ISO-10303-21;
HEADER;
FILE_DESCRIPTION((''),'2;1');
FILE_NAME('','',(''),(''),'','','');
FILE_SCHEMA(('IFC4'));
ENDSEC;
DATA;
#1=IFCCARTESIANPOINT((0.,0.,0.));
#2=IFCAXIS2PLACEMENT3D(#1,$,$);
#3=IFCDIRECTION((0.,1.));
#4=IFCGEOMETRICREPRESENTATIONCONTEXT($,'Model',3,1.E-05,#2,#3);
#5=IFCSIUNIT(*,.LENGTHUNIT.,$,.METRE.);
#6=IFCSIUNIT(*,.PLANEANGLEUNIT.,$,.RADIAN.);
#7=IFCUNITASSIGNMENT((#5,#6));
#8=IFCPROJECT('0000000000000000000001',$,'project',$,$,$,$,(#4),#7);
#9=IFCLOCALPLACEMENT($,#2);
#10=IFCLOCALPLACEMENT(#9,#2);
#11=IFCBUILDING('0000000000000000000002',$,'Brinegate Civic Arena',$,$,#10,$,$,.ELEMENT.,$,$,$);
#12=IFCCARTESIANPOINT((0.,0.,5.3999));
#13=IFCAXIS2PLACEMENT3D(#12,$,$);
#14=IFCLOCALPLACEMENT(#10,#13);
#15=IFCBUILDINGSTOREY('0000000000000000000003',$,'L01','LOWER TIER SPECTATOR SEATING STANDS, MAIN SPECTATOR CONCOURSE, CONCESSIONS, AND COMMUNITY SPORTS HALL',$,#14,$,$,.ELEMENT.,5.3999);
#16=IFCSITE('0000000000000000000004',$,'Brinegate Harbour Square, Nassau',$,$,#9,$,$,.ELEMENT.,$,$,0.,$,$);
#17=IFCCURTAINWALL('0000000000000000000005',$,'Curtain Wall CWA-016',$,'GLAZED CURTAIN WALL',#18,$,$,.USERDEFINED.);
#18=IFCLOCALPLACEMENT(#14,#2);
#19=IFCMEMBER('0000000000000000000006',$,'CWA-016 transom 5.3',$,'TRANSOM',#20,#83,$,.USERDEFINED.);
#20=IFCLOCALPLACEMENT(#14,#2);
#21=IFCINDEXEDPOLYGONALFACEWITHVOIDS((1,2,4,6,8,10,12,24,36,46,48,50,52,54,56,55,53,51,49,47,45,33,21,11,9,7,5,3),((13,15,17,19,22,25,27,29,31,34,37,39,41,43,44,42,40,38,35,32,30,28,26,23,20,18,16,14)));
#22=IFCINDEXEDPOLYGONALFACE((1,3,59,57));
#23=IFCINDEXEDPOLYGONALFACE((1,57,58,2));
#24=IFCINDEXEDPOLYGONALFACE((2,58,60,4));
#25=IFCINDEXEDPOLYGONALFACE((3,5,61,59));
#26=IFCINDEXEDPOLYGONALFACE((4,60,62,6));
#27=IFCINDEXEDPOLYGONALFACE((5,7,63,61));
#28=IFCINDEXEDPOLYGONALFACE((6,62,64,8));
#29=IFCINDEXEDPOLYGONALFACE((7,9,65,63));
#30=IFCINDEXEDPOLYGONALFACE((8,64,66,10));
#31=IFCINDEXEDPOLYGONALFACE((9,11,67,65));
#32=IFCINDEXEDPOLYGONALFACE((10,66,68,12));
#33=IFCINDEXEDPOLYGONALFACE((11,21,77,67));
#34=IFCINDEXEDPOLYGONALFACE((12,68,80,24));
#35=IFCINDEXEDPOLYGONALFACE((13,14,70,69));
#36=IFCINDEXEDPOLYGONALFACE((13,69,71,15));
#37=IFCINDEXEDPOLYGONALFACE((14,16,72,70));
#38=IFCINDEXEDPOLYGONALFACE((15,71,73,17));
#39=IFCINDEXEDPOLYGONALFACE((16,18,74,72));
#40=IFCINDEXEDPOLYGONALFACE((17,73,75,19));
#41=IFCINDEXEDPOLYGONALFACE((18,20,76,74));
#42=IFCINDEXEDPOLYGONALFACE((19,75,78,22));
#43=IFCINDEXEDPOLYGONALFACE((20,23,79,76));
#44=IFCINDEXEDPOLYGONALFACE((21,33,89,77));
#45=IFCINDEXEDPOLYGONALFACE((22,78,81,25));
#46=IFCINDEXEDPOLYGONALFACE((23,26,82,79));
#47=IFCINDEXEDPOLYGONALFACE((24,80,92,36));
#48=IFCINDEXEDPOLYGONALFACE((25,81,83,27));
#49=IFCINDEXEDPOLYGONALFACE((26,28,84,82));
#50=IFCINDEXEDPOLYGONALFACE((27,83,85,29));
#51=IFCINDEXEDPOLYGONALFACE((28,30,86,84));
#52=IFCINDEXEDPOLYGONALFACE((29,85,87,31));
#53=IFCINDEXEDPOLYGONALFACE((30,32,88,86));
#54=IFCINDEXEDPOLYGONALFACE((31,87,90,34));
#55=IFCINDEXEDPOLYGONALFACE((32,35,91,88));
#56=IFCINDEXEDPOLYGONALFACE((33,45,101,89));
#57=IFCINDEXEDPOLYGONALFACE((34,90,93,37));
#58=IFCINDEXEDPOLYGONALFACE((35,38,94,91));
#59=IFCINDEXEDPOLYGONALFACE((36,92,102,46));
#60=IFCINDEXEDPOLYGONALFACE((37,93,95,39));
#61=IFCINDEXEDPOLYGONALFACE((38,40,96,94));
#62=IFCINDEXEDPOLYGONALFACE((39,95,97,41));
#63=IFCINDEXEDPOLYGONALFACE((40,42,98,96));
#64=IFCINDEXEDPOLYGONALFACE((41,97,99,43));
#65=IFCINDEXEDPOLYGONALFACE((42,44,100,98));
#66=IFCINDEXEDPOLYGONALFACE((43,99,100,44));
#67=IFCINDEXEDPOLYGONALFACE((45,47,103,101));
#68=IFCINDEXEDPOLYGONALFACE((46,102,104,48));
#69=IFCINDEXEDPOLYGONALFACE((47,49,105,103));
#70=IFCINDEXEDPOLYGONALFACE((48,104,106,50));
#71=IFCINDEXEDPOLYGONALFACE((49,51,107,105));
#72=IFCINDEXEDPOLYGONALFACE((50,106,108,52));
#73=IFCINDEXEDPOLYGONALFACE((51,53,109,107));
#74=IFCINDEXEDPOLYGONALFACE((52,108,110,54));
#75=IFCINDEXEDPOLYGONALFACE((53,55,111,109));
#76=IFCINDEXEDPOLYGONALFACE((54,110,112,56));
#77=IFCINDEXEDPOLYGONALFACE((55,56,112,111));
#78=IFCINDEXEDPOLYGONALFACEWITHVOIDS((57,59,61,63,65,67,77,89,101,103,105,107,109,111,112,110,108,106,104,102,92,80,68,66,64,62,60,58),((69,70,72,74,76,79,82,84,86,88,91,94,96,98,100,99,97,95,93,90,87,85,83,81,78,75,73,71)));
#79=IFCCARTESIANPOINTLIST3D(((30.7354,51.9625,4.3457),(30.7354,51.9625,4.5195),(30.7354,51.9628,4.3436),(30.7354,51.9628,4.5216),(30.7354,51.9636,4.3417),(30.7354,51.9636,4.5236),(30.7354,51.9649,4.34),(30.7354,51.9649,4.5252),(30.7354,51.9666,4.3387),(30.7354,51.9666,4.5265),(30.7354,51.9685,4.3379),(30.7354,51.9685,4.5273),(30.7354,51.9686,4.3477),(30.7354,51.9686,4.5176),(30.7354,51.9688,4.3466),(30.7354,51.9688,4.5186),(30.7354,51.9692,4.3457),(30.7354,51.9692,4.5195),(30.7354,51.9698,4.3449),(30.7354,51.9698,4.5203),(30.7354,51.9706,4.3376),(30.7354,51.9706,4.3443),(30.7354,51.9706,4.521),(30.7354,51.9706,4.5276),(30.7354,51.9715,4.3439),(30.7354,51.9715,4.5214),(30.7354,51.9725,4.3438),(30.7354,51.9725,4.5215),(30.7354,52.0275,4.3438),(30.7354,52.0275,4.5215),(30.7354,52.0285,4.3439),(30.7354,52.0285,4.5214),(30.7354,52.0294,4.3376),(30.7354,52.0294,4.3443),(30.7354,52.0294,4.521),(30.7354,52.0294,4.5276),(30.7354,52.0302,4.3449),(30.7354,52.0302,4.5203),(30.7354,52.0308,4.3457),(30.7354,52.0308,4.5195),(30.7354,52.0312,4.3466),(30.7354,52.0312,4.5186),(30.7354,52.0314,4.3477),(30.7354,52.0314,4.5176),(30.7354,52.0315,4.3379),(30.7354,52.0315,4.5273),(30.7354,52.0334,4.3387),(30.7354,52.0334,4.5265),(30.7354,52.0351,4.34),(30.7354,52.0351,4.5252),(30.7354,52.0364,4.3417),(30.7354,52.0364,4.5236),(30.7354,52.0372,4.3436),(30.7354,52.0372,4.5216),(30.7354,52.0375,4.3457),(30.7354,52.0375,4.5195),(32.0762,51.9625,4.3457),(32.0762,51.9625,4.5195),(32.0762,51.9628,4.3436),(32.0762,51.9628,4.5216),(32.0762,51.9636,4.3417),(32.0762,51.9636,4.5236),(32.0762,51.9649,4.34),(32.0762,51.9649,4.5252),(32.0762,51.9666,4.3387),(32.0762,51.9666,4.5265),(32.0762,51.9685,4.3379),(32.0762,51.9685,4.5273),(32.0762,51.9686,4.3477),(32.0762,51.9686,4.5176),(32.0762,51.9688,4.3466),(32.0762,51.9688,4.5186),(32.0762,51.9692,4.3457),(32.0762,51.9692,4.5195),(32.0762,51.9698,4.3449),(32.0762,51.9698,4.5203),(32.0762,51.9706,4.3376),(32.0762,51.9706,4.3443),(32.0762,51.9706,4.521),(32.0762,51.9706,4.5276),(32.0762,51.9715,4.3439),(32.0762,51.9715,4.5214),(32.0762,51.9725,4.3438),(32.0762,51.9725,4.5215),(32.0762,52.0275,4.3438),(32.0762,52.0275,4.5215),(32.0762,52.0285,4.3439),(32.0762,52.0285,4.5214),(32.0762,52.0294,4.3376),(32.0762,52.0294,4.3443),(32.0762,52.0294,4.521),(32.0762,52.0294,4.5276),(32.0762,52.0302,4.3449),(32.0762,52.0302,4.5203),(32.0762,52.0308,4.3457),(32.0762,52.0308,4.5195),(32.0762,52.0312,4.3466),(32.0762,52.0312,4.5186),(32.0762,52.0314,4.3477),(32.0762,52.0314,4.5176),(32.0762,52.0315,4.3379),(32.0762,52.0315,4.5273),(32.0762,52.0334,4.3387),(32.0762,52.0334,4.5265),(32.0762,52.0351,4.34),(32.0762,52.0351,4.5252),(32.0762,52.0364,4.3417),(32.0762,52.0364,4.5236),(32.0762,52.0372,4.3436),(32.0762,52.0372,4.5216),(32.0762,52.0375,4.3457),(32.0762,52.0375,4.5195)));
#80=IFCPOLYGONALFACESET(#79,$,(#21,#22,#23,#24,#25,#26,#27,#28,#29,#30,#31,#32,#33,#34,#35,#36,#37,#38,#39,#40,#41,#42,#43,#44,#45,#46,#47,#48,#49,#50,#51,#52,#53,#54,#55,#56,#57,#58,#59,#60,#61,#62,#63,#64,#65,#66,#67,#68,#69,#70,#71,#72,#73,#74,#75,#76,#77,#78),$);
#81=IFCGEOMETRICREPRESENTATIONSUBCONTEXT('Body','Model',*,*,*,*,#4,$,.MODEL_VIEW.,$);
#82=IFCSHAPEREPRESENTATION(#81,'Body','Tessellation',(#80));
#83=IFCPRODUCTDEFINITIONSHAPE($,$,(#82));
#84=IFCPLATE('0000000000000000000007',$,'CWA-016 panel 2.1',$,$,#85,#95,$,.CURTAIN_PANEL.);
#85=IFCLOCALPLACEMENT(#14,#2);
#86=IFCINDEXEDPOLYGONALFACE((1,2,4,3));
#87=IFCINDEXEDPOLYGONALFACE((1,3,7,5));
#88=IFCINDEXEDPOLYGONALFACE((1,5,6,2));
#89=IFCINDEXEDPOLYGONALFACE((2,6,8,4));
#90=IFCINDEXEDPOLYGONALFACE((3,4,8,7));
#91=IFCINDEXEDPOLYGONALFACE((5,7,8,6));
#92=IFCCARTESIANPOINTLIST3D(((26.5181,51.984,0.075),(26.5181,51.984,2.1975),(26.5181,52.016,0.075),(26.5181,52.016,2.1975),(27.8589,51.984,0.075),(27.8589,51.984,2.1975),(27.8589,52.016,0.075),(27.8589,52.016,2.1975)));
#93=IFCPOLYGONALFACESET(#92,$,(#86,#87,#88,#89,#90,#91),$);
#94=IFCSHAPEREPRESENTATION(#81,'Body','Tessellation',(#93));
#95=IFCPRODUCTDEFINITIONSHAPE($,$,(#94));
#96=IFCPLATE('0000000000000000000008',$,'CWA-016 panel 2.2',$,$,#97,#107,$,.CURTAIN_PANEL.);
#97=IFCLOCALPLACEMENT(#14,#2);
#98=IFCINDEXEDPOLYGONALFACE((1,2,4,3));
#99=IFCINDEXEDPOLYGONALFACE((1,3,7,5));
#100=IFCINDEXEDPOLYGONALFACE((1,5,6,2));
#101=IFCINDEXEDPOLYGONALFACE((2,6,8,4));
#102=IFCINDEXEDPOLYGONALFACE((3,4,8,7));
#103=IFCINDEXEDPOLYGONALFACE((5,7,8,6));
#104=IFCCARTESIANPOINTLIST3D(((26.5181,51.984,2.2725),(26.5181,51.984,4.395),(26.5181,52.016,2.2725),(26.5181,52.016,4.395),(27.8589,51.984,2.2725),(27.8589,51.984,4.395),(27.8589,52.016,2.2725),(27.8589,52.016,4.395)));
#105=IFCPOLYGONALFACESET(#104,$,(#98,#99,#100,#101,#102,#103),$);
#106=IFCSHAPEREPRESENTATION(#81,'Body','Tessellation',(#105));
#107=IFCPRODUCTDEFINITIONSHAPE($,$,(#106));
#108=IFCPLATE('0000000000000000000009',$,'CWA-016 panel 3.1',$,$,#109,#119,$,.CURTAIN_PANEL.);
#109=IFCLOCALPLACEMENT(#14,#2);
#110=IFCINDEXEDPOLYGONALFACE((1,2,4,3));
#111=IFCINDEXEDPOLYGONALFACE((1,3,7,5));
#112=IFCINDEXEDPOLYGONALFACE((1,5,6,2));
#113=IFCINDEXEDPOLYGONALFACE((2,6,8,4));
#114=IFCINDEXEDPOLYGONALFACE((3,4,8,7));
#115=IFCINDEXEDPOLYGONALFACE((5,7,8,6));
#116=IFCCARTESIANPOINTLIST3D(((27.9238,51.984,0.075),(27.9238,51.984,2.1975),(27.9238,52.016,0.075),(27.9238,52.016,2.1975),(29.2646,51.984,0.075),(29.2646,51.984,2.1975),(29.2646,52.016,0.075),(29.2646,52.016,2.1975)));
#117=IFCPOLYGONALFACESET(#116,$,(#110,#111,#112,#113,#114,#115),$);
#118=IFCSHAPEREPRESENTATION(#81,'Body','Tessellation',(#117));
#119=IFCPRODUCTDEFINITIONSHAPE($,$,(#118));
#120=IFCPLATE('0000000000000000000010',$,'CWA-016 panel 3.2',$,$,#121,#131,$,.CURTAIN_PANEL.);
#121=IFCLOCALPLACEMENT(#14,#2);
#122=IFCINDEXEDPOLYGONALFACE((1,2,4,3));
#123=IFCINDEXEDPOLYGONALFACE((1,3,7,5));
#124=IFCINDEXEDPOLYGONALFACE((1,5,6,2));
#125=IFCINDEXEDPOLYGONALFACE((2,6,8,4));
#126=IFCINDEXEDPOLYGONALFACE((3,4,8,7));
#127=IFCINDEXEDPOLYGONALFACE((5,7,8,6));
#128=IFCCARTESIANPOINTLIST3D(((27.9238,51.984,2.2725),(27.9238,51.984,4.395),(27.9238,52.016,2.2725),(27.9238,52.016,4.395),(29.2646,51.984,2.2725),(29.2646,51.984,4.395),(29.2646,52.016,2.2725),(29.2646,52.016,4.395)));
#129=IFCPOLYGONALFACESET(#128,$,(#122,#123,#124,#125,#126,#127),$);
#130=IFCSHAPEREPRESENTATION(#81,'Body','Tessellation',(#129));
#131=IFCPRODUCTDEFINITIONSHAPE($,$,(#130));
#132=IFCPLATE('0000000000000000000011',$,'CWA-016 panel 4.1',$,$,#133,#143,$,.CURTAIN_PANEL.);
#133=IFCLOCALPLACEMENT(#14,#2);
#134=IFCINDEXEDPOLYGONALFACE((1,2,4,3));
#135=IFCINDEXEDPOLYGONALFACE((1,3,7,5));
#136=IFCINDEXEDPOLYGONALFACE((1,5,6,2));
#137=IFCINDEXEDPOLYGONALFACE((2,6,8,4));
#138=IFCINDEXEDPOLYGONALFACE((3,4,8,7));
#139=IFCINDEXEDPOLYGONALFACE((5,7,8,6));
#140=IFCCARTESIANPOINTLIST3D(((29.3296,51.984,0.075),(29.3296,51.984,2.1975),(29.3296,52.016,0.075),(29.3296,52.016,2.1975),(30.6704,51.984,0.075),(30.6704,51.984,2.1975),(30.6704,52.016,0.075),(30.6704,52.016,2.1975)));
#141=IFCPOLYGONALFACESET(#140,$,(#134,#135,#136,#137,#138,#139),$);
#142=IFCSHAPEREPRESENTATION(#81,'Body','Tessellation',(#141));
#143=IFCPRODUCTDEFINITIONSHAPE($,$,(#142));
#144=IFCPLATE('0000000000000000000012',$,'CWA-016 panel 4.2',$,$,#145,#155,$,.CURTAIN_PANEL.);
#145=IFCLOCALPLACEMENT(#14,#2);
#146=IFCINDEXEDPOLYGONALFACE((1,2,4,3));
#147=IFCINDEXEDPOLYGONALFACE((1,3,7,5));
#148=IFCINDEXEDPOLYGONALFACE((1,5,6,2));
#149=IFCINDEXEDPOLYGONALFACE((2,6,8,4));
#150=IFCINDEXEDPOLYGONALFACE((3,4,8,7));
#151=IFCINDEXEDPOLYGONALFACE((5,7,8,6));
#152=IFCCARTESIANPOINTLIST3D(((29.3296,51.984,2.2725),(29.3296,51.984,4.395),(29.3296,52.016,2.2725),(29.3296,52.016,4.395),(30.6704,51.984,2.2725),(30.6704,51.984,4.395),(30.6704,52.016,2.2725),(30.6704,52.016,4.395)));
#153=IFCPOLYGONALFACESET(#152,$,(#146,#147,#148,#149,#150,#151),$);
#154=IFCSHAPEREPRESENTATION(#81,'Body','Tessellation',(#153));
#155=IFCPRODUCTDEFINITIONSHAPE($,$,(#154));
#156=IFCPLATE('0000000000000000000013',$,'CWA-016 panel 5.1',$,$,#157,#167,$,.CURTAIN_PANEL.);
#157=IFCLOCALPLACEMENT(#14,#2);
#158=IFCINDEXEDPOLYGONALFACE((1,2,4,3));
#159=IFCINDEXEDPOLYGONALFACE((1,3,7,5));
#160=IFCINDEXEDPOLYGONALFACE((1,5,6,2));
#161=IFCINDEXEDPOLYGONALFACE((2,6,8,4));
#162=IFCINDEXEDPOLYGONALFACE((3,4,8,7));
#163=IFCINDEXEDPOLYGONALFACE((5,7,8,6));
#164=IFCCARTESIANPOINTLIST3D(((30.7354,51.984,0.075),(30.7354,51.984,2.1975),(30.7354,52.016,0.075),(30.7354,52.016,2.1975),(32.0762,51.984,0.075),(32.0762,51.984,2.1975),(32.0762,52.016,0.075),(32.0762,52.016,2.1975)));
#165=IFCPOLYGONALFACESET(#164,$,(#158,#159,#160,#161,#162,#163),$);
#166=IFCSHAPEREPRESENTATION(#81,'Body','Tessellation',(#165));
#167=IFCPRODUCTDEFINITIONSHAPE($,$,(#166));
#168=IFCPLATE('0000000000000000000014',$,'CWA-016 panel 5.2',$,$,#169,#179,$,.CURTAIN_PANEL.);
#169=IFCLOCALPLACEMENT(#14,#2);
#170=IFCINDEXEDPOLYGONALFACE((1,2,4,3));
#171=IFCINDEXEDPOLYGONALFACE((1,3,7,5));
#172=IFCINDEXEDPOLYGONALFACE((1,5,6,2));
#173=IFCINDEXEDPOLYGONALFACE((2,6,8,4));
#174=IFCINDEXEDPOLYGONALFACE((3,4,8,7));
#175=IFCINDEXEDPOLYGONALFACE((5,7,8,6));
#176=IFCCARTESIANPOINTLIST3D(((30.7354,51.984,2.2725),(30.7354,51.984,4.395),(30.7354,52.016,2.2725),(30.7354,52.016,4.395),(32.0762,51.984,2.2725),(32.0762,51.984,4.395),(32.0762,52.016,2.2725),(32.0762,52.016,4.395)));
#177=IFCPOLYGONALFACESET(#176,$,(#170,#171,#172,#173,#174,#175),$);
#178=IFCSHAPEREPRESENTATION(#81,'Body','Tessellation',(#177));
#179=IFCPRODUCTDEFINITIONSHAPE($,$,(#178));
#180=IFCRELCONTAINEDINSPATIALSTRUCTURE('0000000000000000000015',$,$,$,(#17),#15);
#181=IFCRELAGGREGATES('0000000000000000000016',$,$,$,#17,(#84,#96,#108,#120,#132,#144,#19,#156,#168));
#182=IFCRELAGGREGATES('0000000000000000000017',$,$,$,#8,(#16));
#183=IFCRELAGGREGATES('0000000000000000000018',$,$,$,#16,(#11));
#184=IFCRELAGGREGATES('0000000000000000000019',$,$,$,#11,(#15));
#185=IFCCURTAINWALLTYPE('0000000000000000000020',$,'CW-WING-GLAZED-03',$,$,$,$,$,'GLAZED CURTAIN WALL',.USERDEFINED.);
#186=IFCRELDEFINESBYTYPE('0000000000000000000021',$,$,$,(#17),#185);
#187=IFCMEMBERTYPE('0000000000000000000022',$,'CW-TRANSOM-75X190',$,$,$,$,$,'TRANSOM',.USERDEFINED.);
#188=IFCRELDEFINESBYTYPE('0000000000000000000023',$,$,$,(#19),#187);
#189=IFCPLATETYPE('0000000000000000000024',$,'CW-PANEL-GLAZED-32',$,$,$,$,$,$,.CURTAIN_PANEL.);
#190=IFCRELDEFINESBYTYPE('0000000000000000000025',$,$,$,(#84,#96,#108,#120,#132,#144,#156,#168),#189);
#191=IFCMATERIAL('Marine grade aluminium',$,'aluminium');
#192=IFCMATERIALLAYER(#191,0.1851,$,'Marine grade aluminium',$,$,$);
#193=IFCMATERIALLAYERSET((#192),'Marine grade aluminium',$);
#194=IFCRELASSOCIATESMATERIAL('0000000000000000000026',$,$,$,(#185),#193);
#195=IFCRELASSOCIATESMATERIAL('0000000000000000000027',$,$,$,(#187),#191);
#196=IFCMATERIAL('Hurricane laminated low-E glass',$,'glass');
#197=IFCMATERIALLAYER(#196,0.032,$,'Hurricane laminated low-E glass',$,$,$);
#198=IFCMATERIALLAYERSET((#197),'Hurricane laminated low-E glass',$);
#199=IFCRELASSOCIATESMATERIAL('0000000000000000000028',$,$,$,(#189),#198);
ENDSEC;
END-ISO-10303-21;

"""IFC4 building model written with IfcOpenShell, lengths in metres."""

from ifc_helpers import new_model, si_unit, direction, frame, origin, origin_2d, place, context, subcontext, project, spatial, rectangle, hollow_rectangle, extrude, material, layer, layer_set, material_profile, profile_set, type_object, element, aggregate, save


model = new_model("IFC4")

# Units and contexts
model_context = context("Model", 3, precision=1e-05, world=origin(), true_north=direction((0.0, 1.0)))
body_context = subcontext(model_context, "Body", "Model", "MODEL_VIEW")
ifc_project = project(units=[si_unit("LENGTHUNIT", "METRE"), si_unit("PLANEANGLEUNIT", "RADIAN")], contexts=[model_context])

# Site, building, storey
site_placement = place(None, origin())
site = spatial("IfcSite", under=ifc_project, at=site_placement, Name="Brinegate Harbour Square, Nassau", CompositionType="ELEMENT", RefElevation=0.0)
building_placement = place(site_placement, origin())
building = spatial("IfcBuilding", under=site, at=building_placement, Name="Brinegate Civic Arena", CompositionType="ELEMENT")
storey_placement = place(building_placement, frame((0.0, 0.0, 5.3999)))
storey = spatial("IfcBuildingStorey", under=building, at=storey_placement, Name="L01", Description="LOWER TIER SPECTATOR SEATING STANDS, MAIN SPECTATOR CONCOURSE, CONCESSIONS, AND COMMUNITY SPORTS HALL", CompositionType="ELEMENT", Elevation=5.3999)

# Shared definitions
ifc_material_1 = material(Name="Marine grade aluminium", Category="aluminium")

# Curtain wall
ifc_layer_1 = layer(ifc_material_1, 0.1851, Name="Marine grade aluminium")
ifc_layer_set_1 = layer_set([ifc_layer_1], Name="Marine grade aluminium")
curtain_wall_type_1 = type_object("IfcCurtainWallType", Name="CW-WING-GLAZED-03", ElementType="GLAZED CURTAIN WALL", PredefinedType="USERDEFINED", material=ifc_layer_set_1)
curtain_wall_1_placement = place(storey_placement, origin())
curtain_wall_1 = element("IfcCurtainWall", 1, at=curtain_wall_1_placement, inside=storey, type_object=curtain_wall_type_1, Name="Curtain Wall CWA-016", ObjectType="GLAZED CURTAIN WALL", PredefinedType="USERDEFINED")

# Member
ifc_material_profile_1 = material_profile(ifc_material_1, hollow_rectangle(XDim=0.075, YDim=0.1899, WallThickness=0.0061, InnerFilletRadius=0.0039, OuterFilletRadius=0.0081, at=origin_2d()), Name="TRN75X190")
ifc_profile_set_1 = profile_set([ifc_material_profile_1], Name="Marine grade aluminium")
member_type_1 = type_object("IfcMemberType", Name="CW-TRANSOM-75X190", ElementType="TRANSOM", PredefinedType="USERDEFINED", material=ifc_profile_set_1)
member_1_placement = place(storey_placement, frame((30.7354, 52.0, 4.4326), z_axis=(1.0, 0.0, 0.0), x_axis=(0.0, 1.0, 0.0)))
member_1 = element("IfcMember", 2, at=member_1_placement, type_object=member_type_1, Name="CWA-016 transom 5.3", ObjectType="TRANSOM", PredefinedType="USERDEFINED", context=body_context, shape_type="SweptSolid", body=[
    extrude(hollow_rectangle(XDim=0.075, YDim=0.1899, WallThickness=0.0061, InnerFilletRadius=0.0039, OuterFilletRadius=0.0081, at=origin_2d()), origin(), (0.0, 0.0, 1.0), 1.3408),
])

# Plates
ifc_material_2 = material(Name="Hurricane laminated low-E glass", Category="glass")
ifc_layer_2 = layer(ifc_material_2, 0.032, Name="Hurricane laminated low-E glass")
ifc_layer_set_2 = layer_set([ifc_layer_2], Name="Hurricane laminated low-E glass")
plate_type = type_object("IfcPlateType", Name="CW-PANEL-GLAZED-32", PredefinedType="CURTAIN_PANEL", material=ifc_layer_set_2)
plate_1_placement = place(storey_placement, frame((27.1885, 52.0, 0.075), z_axis=(0.0, 0.0, 1.0), x_axis=(1.0, 0.0, 0.0)))
plate_1 = element("IfcPlate", 3, at=plate_1_placement, type_object=plate_type, Name="CWA-016 panel 2.1", PredefinedType="CURTAIN_PANEL", context=body_context, shape_type="SweptSolid", body=[
    extrude(rectangle(XDim=1.3408, YDim=0.032, at=origin_2d()), origin(), (0.0, 0.0, 1.0), 2.1226),
])
plate_2_placement = place(storey_placement, frame((27.1885, 52.0, 2.2725), z_axis=(0.0, 0.0, 1.0), x_axis=(1.0, 0.0, 0.0)))
plate_2 = element("IfcPlate", 4, at=plate_2_placement, type_object=plate_type, Name="CWA-016 panel 2.2", PredefinedType="CURTAIN_PANEL", context=body_context, shape_type="SweptSolid", body=[
    extrude(rectangle(XDim=1.3408, YDim=0.032, at=origin_2d()), origin(), (0.0, 0.0, 1.0), 2.1226),
])
plate_3_placement = place(storey_placement, frame((28.5942, 52.0, 0.075), z_axis=(0.0, 0.0, 1.0), x_axis=(1.0, 0.0, 0.0)))
plate_3 = element("IfcPlate", 5, at=plate_3_placement, type_object=plate_type, Name="CWA-016 panel 3.1", PredefinedType="CURTAIN_PANEL", context=body_context, shape_type="SweptSolid", body=[
    extrude(rectangle(XDim=1.3408, YDim=0.032, at=origin_2d()), origin(), (0.0, 0.0, 1.0), 2.1226),
])
plate_4_placement = place(storey_placement, frame((28.5942, 52.0, 2.2725), z_axis=(0.0, 0.0, 1.0), x_axis=(1.0, 0.0, 0.0)))
plate_4 = element("IfcPlate", 6, at=plate_4_placement, type_object=plate_type, Name="CWA-016 panel 3.2", PredefinedType="CURTAIN_PANEL", context=body_context, shape_type="SweptSolid", body=[
    extrude(rectangle(XDim=1.3408, YDim=0.032, at=origin_2d()), origin(), (0.0, 0.0, 1.0), 2.1226),
])
plate_5_placement = place(storey_placement, frame((30.0, 52.0, 0.075), z_axis=(0.0, 0.0, 1.0), x_axis=(1.0, 0.0, 0.0)))
plate_5 = element("IfcPlate", 7, at=plate_5_placement, type_object=plate_type, Name="CWA-016 panel 4.1", PredefinedType="CURTAIN_PANEL", context=body_context, shape_type="SweptSolid", body=[
    extrude(rectangle(XDim=1.3408, YDim=0.032, at=origin_2d()), origin(), (0.0, 0.0, 1.0), 2.1226),
])
plate_6_placement = place(storey_placement, frame((30.0, 52.0, 2.2725), z_axis=(0.0, 0.0, 1.0), x_axis=(1.0, 0.0, 0.0)))
plate_6 = element("IfcPlate", 8, at=plate_6_placement, type_object=plate_type, Name="CWA-016 panel 4.2", PredefinedType="CURTAIN_PANEL", context=body_context, shape_type="SweptSolid", body=[
    extrude(rectangle(XDim=1.3408, YDim=0.032, at=origin_2d()), origin(), (0.0, 0.0, 1.0), 2.1226),
])
plate_7_placement = place(storey_placement, frame((31.4058, 52.0, 0.075), z_axis=(0.0, 0.0, 1.0), x_axis=(1.0, 0.0, 0.0)))
plate_7 = element("IfcPlate", 9, at=plate_7_placement, type_object=plate_type, Name="CWA-016 panel 5.1", PredefinedType="CURTAIN_PANEL", context=body_context, shape_type="SweptSolid", body=[
    extrude(rectangle(XDim=1.3408, YDim=0.032, at=origin_2d()), origin(), (0.0, 0.0, 1.0), 2.1226),
])
plate_8_placement = place(storey_placement, frame((31.4058, 52.0, 2.2725), z_axis=(0.0, 0.0, 1.0), x_axis=(1.0, 0.0, 0.0)))
plate_8 = element("IfcPlate", 10, at=plate_8_placement, type_object=plate_type, Name="CWA-016 panel 5.2", PredefinedType="CURTAIN_PANEL", context=body_context, shape_type="SweptSolid", body=[
    extrude(rectangle(XDim=1.3408, YDim=0.032, at=origin_2d()), origin(), (0.0, 0.0, 1.0), 2.1226),
])
aggregate(curtain_wall_1, [plate_1, plate_2, plate_3, plate_4, plate_5, plate_6, member_1, plate_7, plate_8])

save(model, "model.ifc")
